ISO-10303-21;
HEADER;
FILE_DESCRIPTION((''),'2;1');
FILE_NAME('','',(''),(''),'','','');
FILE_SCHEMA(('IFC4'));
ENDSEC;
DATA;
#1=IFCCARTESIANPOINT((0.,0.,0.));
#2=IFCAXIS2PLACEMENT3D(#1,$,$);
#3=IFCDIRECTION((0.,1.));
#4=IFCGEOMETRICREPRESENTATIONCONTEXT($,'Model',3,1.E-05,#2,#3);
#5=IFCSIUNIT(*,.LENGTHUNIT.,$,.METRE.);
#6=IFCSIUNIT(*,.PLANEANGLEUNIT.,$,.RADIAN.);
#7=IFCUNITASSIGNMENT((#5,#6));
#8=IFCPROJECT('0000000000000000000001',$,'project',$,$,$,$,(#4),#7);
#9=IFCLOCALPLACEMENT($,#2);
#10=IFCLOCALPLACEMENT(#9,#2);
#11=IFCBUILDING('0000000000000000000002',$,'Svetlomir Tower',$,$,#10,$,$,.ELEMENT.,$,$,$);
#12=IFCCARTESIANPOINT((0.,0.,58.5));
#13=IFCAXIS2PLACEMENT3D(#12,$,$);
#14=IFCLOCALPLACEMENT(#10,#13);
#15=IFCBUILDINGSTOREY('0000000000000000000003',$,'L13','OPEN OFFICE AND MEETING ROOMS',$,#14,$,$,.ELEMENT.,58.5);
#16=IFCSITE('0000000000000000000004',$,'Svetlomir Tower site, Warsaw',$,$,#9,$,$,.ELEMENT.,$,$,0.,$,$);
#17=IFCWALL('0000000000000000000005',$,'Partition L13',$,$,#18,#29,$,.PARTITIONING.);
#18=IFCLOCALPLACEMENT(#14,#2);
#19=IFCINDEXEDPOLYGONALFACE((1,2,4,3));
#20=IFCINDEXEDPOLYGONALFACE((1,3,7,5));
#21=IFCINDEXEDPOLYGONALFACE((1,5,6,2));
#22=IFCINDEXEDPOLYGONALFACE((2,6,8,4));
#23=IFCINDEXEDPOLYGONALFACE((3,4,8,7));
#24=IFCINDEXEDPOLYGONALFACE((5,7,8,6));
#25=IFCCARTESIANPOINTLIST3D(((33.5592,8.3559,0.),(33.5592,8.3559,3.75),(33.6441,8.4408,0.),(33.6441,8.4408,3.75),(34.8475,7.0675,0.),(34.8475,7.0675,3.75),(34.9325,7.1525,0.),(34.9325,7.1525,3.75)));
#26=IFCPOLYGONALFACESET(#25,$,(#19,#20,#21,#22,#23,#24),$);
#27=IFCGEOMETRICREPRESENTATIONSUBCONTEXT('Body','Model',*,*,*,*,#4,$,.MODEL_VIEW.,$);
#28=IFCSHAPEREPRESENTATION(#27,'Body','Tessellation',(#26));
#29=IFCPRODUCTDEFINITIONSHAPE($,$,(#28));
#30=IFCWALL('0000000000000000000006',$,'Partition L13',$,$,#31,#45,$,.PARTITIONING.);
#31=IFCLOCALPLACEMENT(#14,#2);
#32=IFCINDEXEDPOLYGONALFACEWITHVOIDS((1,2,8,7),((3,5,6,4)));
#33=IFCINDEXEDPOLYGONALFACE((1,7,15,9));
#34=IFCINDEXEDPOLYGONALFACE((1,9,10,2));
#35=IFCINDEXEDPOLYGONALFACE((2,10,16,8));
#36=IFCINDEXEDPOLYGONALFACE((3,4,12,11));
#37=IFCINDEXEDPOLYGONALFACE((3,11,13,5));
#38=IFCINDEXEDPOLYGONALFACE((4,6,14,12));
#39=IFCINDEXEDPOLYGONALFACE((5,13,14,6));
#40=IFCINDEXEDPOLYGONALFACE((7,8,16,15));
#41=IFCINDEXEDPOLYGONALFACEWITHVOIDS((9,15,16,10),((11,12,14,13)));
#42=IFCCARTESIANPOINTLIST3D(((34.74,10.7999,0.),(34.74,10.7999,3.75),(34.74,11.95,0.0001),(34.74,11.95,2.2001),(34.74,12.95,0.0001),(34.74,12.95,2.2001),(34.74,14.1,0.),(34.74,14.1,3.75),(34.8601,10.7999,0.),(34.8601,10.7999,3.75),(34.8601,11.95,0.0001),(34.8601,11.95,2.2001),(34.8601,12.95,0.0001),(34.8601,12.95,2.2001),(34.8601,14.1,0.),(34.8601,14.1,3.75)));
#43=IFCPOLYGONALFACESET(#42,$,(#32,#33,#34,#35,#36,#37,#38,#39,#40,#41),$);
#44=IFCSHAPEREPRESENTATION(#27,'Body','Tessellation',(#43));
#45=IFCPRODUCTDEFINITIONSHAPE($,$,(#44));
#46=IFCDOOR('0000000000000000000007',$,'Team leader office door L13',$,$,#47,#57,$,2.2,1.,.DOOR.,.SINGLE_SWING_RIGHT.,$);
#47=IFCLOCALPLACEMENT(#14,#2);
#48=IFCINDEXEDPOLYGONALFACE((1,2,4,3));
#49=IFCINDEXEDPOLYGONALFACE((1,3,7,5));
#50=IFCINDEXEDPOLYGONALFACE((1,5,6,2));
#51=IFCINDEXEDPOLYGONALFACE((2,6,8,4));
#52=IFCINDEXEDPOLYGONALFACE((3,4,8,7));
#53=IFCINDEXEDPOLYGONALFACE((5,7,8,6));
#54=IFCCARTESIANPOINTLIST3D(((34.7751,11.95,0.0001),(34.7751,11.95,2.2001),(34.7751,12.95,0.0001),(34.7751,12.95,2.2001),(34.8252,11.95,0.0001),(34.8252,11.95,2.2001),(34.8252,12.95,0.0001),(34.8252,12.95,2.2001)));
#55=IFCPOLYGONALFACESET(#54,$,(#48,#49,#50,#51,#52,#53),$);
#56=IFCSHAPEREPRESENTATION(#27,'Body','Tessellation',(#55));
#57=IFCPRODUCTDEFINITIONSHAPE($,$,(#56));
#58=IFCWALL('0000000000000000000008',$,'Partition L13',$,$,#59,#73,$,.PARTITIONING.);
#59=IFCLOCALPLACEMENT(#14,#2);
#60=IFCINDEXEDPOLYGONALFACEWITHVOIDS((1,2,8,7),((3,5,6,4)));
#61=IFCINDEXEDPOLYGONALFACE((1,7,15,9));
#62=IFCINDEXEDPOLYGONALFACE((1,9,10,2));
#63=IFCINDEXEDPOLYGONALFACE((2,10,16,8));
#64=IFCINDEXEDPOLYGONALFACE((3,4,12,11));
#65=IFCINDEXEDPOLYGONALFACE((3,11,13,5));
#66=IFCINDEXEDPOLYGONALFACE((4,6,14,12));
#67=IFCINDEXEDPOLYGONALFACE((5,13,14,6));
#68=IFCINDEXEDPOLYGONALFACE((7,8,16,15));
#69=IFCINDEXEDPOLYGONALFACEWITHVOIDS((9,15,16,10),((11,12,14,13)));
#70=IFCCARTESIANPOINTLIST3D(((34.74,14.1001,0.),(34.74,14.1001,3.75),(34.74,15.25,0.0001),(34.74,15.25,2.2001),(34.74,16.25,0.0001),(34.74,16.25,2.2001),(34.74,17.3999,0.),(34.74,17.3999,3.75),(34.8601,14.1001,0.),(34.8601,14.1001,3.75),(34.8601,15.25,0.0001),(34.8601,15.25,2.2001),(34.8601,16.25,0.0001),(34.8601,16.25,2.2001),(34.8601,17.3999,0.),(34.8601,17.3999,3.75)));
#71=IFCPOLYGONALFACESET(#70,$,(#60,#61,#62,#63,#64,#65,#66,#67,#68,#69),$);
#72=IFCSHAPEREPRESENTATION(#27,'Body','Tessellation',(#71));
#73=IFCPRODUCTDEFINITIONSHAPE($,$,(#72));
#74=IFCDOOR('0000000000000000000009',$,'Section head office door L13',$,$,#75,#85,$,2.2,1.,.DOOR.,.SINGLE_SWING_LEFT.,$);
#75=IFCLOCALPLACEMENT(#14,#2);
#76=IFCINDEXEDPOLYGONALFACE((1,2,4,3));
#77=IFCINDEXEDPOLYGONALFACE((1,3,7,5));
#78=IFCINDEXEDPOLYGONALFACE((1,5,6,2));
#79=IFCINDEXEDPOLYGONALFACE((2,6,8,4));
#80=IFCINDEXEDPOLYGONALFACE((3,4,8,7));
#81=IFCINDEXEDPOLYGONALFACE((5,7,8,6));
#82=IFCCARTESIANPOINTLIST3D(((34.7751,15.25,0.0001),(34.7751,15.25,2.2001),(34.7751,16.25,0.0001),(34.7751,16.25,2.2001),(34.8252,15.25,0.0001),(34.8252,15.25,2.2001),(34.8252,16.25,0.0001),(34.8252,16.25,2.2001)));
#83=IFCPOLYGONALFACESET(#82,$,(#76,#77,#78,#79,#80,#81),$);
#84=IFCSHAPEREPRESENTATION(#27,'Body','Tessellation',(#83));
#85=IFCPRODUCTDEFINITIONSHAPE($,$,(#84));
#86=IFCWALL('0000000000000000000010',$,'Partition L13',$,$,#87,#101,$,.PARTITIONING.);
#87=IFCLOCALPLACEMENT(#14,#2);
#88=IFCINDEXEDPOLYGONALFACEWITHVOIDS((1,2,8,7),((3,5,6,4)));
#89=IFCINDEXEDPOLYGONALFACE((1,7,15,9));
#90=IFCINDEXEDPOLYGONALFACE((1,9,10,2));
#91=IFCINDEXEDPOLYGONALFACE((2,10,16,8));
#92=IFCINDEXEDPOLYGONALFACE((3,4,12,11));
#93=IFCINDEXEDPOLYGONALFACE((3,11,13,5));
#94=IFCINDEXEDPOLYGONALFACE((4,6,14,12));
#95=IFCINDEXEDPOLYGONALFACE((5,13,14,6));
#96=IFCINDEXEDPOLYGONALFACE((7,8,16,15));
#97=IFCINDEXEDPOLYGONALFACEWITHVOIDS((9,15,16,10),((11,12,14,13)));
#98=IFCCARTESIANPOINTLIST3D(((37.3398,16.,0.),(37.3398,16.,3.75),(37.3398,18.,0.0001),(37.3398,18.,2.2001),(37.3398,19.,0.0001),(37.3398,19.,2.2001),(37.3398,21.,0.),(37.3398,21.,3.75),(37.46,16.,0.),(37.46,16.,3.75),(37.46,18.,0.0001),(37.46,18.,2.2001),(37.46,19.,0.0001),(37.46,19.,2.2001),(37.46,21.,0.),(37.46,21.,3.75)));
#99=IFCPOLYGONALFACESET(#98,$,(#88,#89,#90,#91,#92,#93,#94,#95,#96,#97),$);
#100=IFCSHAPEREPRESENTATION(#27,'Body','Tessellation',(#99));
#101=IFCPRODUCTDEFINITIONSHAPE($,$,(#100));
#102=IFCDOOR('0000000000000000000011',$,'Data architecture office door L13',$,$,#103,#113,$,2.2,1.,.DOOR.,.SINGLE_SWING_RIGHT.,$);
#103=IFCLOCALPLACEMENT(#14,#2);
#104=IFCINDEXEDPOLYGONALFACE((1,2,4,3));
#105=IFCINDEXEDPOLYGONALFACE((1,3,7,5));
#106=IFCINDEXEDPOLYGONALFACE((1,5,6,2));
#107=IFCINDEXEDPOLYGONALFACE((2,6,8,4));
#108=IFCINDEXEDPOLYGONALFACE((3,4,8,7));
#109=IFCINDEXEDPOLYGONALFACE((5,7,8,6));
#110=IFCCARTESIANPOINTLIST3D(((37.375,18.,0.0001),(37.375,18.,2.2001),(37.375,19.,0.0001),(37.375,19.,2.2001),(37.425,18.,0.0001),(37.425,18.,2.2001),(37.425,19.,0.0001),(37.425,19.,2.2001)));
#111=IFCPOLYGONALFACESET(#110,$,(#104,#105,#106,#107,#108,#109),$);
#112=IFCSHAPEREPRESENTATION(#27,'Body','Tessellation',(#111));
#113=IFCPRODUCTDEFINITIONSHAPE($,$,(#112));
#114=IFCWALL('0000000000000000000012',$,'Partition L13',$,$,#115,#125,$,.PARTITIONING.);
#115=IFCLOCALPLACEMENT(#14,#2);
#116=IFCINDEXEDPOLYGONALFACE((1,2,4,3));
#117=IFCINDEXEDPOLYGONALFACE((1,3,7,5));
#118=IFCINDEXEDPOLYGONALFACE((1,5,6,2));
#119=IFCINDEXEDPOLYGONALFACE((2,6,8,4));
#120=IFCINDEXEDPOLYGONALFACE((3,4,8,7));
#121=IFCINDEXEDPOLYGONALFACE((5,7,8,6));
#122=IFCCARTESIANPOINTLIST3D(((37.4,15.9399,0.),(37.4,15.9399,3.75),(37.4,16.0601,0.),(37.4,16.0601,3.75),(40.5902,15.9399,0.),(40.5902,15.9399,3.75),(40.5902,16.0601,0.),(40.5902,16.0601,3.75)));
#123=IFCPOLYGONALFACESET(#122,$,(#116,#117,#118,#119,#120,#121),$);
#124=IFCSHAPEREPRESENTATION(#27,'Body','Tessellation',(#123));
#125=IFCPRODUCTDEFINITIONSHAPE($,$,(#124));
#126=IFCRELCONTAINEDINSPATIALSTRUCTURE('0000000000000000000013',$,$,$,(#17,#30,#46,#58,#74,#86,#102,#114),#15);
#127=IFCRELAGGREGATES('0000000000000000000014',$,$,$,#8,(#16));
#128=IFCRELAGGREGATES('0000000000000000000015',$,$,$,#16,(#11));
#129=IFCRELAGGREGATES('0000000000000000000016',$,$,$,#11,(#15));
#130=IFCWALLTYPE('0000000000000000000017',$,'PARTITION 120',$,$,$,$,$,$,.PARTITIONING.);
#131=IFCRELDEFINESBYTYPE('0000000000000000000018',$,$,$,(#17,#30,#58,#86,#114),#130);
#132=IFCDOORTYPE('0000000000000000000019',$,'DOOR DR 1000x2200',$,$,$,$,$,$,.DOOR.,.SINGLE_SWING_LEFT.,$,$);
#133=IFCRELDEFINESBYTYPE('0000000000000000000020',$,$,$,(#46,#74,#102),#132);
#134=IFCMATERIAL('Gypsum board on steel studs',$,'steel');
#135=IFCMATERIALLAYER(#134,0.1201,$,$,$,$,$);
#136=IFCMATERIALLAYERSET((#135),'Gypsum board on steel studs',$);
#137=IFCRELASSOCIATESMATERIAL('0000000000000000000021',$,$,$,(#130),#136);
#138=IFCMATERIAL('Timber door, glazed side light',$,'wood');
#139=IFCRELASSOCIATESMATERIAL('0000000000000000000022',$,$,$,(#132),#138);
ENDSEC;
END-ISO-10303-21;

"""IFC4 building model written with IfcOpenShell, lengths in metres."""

from ifc_helpers import new_model, si_unit, direction, frame, frame_2d, origin, place, context, subcontext, project, spatial, rectangle, extrude, material, layer, layer_set, type_object, element, fill, save


model = new_model("IFC4")

# Units and contexts
model_context = context("Model", 3, precision=1e-05, world=origin(), true_north=direction((0.0, 1.0)))
body_context = subcontext(model_context, "Body", "Model", "MODEL_VIEW")
ifc_project = project(units=[si_unit("LENGTHUNIT", "METRE"), si_unit("PLANEANGLEUNIT", "RADIAN")], contexts=[model_context])

# Site, building, storey
site_placement = place(None, origin())
site = spatial("IfcSite", under=ifc_project, at=site_placement, Name="Svetlomir Tower site, Warsaw", CompositionType="ELEMENT", RefElevation=0.0)
building_placement = place(site_placement, origin())
building = spatial("IfcBuilding", under=site, at=building_placement, Name="Svetlomir Tower", CompositionType="ELEMENT")
storey_placement = place(building_placement, frame((0.0, 0.0, 58.5)))
storey = spatial("IfcBuildingStorey", under=building, at=storey_placement, Name="L13", Description="OPEN OFFICE AND MEETING ROOMS", CompositionType="ELEMENT", Elevation=58.5)

# Wall
ifc_material_1 = material(Name="Gypsum board on steel studs", Category="steel")
ifc_layer = layer(ifc_material_1, 0.1201)
ifc_layer_set = layer_set([ifc_layer], Name="Gypsum board on steel studs")
wall_type = type_object("IfcWallType", Name="PARTITION 120", PredefinedType="PARTITIONING", material=ifc_layer_set)
wall_1_placement = place(storey_placement, frame((33.6016, 8.3984, 0.0), z_axis=(0.0, 0.0, 1.0), x_axis=(0.707107, -0.707107, 0.0)))
element("IfcWall", 1, at=wall_1_placement, inside=storey, type_object=wall_type, Name="Partition L13", PredefinedType="PARTITIONING", context=body_context, shape_type="SweptSolid", body=[
    extrude(rectangle(XDim=1.822, YDim=0.1201, at=frame_2d((0.9111, 0.0))), origin(), (0.0, 0.0, 1.0), 3.75),
])

# Walls, openings, doors
wall_2_placement = place(storey_placement, frame((34.8, 10.8, 0.0), z_axis=(0.0, 0.0, 1.0), x_axis=(0.0, 1.0, 0.0)))
wall_2 = element("IfcWall", 2, at=wall_2_placement, inside=storey, type_object=wall_type, Name="Partition L13", PredefinedType="PARTITIONING", context=body_context, shape_type="SweptSolid", body=[
    extrude(rectangle(XDim=3.3, YDim=0.1201, at=frame_2d((1.6499, 0.0))), origin(), (0.0, 0.0, 1.0), 3.75),
])
opening_1_placement = place(wall_2_placement, frame((1.1499, 0.0, 0.0)))
opening_1 = element("IfcOpeningElement", 3, at=opening_1_placement, cuts=wall_2, PredefinedType="OPENING", context=body_context, shape_type="SweptSolid", body=[
    extrude(rectangle(XDim=1.0, YDim=2.2, at=frame_2d((0.5, 1.1001))), frame((0.0, 0.0701, 0.0), z_axis=(0.0, -1.0, 0.0), x_axis=(1.0, 0.0, 0.0)), (0.0, 0.0, 1.0), 0.1401),
])
ifc_material_2 = material(Name="Timber door, glazed side light", Category="wood")
door_type = type_object("IfcDoorType", Name="DOOR DR 1000x2200", OperationType="SINGLE_SWING_LEFT", PredefinedType="DOOR", material=ifc_material_2)
door_1_placement = place(opening_1_placement, origin())
door_1 = element("IfcDoor", 4, at=door_1_placement, inside=storey, type_object=door_type, Name="Team leader office door L13", OperationType="SINGLE_SWING_RIGHT", OverallHeight=2.2, OverallWidth=1.0, PredefinedType="DOOR", context=body_context, shape_type="SweptSolid", body=[
    extrude(rectangle(XDim=1.0, YDim=2.2, at=frame_2d((0.5, 1.1001))), frame((0.0, 0.0249, 0.0), z_axis=(0.0, -1.0, 0.0), x_axis=(1.0, 0.0, 0.0)), (0.0, 0.0, 1.0), 0.05),
])
fill(opening_1, door_1)
wall_3_placement = place(storey_placement, frame((34.8, 14.1001, 0.0), z_axis=(0.0, 0.0, 1.0), x_axis=(0.0, 1.0, 0.0)))
wall_3 = element("IfcWall", 5, at=wall_3_placement, inside=storey, type_object=wall_type, Name="Partition L13", PredefinedType="PARTITIONING", context=body_context, shape_type="SweptSolid", body=[
    extrude(rectangle(XDim=3.2998, YDim=0.1201, at=frame_2d((1.6499, 0.0))), origin(), (0.0, 0.0, 1.0), 3.75),
])
opening_2_placement = place(wall_3_placement, frame((1.1499, 0.0, 0.0)))
opening_2 = element("IfcOpeningElement", 6, at=opening_2_placement, cuts=wall_3, PredefinedType="OPENING", context=body_context, shape_type="SweptSolid", body=[
    extrude(rectangle(XDim=1.0, YDim=2.2, at=frame_2d((0.5, 1.1001))), frame((0.0, 0.0701, 0.0), z_axis=(0.0, -1.0, 0.0), x_axis=(1.0, 0.0, 0.0)), (0.0, 0.0, 1.0), 0.1401),
])
door_2_placement = place(opening_2_placement, origin())
door_2 = element("IfcDoor", 7, at=door_2_placement, inside=storey, type_object=door_type, Name="Section head office door L13", OperationType="SINGLE_SWING_LEFT", OverallHeight=2.2, OverallWidth=1.0, PredefinedType="DOOR", context=body_context, shape_type="SweptSolid", body=[
    extrude(rectangle(XDim=1.0, YDim=2.2, at=frame_2d((0.5, 1.1001))), frame((0.0, 0.0249, 0.0), z_axis=(0.0, -1.0, 0.0), x_axis=(1.0, 0.0, 0.0)), (0.0, 0.0, 1.0), 0.05),
])
fill(opening_2, door_2)
wall_4_placement = place(storey_placement, frame((37.3999, 16.0, 0.0), z_axis=(0.0, 0.0, 1.0), x_axis=(0.0, 1.0, 0.0)))
wall_4 = element("IfcWall", 8, at=wall_4_placement, inside=storey, type_object=wall_type, Name="Partition L13", PredefinedType="PARTITIONING", context=body_context, shape_type="SweptSolid", body=[
    extrude(rectangle(XDim=5.0, YDim=0.1201, at=frame_2d((2.5, 0.0))), origin(), (0.0, 0.0, 1.0), 3.75),
])
opening_3_placement = place(wall_4_placement, frame((2.0, 0.0, 0.0)))
opening_3 = element("IfcOpeningElement", 9, at=opening_3_placement, cuts=wall_4, PredefinedType="OPENING", context=body_context, shape_type="SweptSolid", body=[
    extrude(rectangle(XDim=1.0, YDim=2.2, at=frame_2d((0.5, 1.1001))), frame((0.0, 0.0701, 0.0), z_axis=(0.0, -1.0, 0.0), x_axis=(1.0, 0.0, 0.0)), (0.0, 0.0, 1.0), 0.1401),
])
door_3_placement = place(opening_3_placement, origin())
door_3 = element("IfcDoor", 10, at=door_3_placement, inside=storey, type_object=door_type, Name="Data architecture office door L13", OperationType="SINGLE_SWING_RIGHT", OverallHeight=2.2, OverallWidth=1.0, PredefinedType="DOOR", context=body_context, shape_type="SweptSolid", body=[
    extrude(rectangle(XDim=1.0, YDim=2.2, at=frame_2d((0.5, 1.1001))), frame((0.0, 0.0249, 0.0), z_axis=(0.0, -1.0, 0.0), x_axis=(1.0, 0.0, 0.0)), (0.0, 0.0, 1.0), 0.05),
])
fill(opening_3, door_3)

# Wall
wall_5_placement = place(storey_placement, frame((37.3999, 16.0, 0.0), z_axis=(0.0, 0.0, 1.0), x_axis=(1.0, 0.0, 0.0)))
element("IfcWall", 11, at=wall_5_placement, inside=storey, type_object=wall_type, Name="Partition L13", PredefinedType="PARTITIONING", context=body_context, shape_type="SweptSolid", body=[
    extrude(rectangle(XDim=3.1902, YDim=0.1201, at=frame_2d((1.5952, 0.0))), origin(), (0.0, 0.0, 1.0), 3.75),
])

save(model, "model.ifc")
